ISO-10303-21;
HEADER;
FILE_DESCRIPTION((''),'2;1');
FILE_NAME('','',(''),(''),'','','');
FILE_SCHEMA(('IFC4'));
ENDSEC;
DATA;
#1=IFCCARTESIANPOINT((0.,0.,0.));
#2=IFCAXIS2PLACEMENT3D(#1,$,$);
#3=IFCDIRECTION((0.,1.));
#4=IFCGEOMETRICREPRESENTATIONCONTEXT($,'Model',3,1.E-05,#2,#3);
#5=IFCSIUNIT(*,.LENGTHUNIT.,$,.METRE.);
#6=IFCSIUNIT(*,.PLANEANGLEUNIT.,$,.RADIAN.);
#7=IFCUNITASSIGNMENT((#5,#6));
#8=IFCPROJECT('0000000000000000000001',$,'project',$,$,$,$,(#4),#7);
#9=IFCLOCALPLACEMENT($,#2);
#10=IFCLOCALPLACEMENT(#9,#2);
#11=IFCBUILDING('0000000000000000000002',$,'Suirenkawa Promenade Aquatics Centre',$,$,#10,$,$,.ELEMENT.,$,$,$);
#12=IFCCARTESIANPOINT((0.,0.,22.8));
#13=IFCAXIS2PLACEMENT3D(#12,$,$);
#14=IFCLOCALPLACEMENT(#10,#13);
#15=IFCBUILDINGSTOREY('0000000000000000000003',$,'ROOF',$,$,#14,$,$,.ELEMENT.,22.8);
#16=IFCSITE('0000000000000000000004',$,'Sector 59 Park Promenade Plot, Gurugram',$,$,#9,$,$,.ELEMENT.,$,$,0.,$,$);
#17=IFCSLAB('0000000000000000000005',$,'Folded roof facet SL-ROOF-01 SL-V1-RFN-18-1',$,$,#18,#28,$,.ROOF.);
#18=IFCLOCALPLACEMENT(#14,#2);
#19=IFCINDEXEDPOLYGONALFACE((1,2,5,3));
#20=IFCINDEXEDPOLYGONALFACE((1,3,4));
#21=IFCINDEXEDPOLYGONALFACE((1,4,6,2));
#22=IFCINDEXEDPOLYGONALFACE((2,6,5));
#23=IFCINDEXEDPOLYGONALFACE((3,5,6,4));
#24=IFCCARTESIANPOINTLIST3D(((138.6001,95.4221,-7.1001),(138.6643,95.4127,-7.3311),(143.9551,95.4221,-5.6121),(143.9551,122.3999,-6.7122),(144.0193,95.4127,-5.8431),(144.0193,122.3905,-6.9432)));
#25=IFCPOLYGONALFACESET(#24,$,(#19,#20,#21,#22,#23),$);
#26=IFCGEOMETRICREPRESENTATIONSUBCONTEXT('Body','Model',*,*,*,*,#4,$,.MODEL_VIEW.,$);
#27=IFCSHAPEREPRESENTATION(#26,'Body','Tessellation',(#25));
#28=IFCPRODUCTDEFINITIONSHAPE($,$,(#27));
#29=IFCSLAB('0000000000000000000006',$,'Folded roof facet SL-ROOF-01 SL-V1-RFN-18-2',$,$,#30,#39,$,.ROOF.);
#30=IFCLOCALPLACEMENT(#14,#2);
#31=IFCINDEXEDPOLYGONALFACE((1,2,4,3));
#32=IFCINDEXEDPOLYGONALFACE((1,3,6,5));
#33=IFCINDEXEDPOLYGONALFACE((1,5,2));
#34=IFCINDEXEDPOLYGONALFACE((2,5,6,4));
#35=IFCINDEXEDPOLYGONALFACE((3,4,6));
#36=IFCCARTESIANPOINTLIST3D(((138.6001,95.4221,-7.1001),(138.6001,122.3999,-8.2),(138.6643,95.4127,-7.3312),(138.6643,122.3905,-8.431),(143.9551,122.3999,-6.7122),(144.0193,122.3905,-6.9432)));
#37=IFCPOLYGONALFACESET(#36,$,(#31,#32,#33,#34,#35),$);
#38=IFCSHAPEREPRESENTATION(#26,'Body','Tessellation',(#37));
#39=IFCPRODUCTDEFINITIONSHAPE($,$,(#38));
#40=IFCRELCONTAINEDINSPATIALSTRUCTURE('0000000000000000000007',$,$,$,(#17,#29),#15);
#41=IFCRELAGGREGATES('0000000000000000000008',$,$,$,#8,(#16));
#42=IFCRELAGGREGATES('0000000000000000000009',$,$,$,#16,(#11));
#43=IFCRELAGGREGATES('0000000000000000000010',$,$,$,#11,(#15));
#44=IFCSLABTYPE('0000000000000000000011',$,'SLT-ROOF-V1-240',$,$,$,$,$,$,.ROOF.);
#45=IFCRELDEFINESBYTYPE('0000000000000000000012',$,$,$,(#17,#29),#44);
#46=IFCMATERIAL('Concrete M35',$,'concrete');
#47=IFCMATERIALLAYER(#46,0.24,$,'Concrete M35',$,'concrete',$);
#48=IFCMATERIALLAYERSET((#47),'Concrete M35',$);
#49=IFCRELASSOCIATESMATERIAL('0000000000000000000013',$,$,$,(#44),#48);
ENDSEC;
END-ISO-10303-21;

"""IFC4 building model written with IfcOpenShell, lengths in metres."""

from ifc_helpers import new_model, si_unit, direction, frame, origin, place, context, subcontext, project, spatial, polyline, outline, extrude, material, layer, layer_set, type_object, element, save


model = new_model("IFC4")

# Units and contexts
model_context = context("Model", 3, precision=1e-05, world=origin(), true_north=direction((0.0, 1.0)))
body_context = subcontext(model_context, "Body", "Model", "MODEL_VIEW")
ifc_project = project(units=[si_unit("LENGTHUNIT", "METRE"), si_unit("PLANEANGLEUNIT", "RADIAN")], contexts=[model_context])

# Site, building, storey
site_placement = place(None, origin())
site = spatial("IfcSite", under=ifc_project, at=site_placement, Name="Sector 59 Park Promenade Plot, Gurugram", CompositionType="ELEMENT", RefElevation=0.0)
building_placement = place(site_placement, origin())
building = spatial("IfcBuilding", under=site, at=building_placement, Name="Suirenkawa Promenade Aquatics Centre", CompositionType="ELEMENT")
storey_placement = place(building_placement, frame((0.0, 0.0, 22.8)))
storey = spatial("IfcBuildingStorey", under=building, at=storey_placement, Name="ROOF", CompositionType="ELEMENT", Elevation=22.8)

# Slabs
ifc_material_1 = material(Name="Concrete M35", Category="concrete")
ifc_layer_1 = layer(ifc_material_1, 0.24, Name="Concrete M35", Category="concrete")
ifc_layer_set_1 = layer_set([ifc_layer_1], Name="Concrete M35")
slab_type = type_object("IfcSlabType", Name="SLT-ROOF-V1-240", PredefinedType="ROOF", material=ifc_layer_set_1)
slab_1_placement = place(storey_placement, frame((138.6001, 95.4221, -7.1001), z_axis=(-0.267528, 0.039259, 0.96275), x_axis=(0.963493, 0.0, 0.267734)))
element("IfcSlab", 1, at=slab_1_placement, inside=storey, type_object=slab_type, Name="Folded roof facet SL-ROOF-01 SL-V1-RFN-18-1", PredefinedType="ROOF", context=body_context, shape_type="SweptSolid", body=[
    extrude(outline(polyline([(0.0, 0.0), (5.5579, 0.0), (5.2633, 26.9986), (0.0, 0.0)])), origin(), (0.0, 0.0, -1.0), 0.24),
])
slab_2_placement = place(storey_placement, frame((138.6001, 95.4221, -7.1001), z_axis=(-0.267487, 0.039251, 0.962762), x_axis=(0.194678, 0.980766, 0.014103)))
element("IfcSlab", 2, at=slab_2_placement, inside=storey, type_object=slab_type, Name="Folded roof facet SL-ROOF-01 SL-V1-RFN-18-2", PredefinedType="ROOF", context=body_context, shape_type="SweptSolid", body=[
    extrude(outline(polyline([(0.0, 0.0), (27.5069, 0.0), (26.4434, 5.4551), (0.0, 0.0)])), origin(), (0.0, 0.0, -1.0), 0.24),
])

save(model, "model.ifc")
